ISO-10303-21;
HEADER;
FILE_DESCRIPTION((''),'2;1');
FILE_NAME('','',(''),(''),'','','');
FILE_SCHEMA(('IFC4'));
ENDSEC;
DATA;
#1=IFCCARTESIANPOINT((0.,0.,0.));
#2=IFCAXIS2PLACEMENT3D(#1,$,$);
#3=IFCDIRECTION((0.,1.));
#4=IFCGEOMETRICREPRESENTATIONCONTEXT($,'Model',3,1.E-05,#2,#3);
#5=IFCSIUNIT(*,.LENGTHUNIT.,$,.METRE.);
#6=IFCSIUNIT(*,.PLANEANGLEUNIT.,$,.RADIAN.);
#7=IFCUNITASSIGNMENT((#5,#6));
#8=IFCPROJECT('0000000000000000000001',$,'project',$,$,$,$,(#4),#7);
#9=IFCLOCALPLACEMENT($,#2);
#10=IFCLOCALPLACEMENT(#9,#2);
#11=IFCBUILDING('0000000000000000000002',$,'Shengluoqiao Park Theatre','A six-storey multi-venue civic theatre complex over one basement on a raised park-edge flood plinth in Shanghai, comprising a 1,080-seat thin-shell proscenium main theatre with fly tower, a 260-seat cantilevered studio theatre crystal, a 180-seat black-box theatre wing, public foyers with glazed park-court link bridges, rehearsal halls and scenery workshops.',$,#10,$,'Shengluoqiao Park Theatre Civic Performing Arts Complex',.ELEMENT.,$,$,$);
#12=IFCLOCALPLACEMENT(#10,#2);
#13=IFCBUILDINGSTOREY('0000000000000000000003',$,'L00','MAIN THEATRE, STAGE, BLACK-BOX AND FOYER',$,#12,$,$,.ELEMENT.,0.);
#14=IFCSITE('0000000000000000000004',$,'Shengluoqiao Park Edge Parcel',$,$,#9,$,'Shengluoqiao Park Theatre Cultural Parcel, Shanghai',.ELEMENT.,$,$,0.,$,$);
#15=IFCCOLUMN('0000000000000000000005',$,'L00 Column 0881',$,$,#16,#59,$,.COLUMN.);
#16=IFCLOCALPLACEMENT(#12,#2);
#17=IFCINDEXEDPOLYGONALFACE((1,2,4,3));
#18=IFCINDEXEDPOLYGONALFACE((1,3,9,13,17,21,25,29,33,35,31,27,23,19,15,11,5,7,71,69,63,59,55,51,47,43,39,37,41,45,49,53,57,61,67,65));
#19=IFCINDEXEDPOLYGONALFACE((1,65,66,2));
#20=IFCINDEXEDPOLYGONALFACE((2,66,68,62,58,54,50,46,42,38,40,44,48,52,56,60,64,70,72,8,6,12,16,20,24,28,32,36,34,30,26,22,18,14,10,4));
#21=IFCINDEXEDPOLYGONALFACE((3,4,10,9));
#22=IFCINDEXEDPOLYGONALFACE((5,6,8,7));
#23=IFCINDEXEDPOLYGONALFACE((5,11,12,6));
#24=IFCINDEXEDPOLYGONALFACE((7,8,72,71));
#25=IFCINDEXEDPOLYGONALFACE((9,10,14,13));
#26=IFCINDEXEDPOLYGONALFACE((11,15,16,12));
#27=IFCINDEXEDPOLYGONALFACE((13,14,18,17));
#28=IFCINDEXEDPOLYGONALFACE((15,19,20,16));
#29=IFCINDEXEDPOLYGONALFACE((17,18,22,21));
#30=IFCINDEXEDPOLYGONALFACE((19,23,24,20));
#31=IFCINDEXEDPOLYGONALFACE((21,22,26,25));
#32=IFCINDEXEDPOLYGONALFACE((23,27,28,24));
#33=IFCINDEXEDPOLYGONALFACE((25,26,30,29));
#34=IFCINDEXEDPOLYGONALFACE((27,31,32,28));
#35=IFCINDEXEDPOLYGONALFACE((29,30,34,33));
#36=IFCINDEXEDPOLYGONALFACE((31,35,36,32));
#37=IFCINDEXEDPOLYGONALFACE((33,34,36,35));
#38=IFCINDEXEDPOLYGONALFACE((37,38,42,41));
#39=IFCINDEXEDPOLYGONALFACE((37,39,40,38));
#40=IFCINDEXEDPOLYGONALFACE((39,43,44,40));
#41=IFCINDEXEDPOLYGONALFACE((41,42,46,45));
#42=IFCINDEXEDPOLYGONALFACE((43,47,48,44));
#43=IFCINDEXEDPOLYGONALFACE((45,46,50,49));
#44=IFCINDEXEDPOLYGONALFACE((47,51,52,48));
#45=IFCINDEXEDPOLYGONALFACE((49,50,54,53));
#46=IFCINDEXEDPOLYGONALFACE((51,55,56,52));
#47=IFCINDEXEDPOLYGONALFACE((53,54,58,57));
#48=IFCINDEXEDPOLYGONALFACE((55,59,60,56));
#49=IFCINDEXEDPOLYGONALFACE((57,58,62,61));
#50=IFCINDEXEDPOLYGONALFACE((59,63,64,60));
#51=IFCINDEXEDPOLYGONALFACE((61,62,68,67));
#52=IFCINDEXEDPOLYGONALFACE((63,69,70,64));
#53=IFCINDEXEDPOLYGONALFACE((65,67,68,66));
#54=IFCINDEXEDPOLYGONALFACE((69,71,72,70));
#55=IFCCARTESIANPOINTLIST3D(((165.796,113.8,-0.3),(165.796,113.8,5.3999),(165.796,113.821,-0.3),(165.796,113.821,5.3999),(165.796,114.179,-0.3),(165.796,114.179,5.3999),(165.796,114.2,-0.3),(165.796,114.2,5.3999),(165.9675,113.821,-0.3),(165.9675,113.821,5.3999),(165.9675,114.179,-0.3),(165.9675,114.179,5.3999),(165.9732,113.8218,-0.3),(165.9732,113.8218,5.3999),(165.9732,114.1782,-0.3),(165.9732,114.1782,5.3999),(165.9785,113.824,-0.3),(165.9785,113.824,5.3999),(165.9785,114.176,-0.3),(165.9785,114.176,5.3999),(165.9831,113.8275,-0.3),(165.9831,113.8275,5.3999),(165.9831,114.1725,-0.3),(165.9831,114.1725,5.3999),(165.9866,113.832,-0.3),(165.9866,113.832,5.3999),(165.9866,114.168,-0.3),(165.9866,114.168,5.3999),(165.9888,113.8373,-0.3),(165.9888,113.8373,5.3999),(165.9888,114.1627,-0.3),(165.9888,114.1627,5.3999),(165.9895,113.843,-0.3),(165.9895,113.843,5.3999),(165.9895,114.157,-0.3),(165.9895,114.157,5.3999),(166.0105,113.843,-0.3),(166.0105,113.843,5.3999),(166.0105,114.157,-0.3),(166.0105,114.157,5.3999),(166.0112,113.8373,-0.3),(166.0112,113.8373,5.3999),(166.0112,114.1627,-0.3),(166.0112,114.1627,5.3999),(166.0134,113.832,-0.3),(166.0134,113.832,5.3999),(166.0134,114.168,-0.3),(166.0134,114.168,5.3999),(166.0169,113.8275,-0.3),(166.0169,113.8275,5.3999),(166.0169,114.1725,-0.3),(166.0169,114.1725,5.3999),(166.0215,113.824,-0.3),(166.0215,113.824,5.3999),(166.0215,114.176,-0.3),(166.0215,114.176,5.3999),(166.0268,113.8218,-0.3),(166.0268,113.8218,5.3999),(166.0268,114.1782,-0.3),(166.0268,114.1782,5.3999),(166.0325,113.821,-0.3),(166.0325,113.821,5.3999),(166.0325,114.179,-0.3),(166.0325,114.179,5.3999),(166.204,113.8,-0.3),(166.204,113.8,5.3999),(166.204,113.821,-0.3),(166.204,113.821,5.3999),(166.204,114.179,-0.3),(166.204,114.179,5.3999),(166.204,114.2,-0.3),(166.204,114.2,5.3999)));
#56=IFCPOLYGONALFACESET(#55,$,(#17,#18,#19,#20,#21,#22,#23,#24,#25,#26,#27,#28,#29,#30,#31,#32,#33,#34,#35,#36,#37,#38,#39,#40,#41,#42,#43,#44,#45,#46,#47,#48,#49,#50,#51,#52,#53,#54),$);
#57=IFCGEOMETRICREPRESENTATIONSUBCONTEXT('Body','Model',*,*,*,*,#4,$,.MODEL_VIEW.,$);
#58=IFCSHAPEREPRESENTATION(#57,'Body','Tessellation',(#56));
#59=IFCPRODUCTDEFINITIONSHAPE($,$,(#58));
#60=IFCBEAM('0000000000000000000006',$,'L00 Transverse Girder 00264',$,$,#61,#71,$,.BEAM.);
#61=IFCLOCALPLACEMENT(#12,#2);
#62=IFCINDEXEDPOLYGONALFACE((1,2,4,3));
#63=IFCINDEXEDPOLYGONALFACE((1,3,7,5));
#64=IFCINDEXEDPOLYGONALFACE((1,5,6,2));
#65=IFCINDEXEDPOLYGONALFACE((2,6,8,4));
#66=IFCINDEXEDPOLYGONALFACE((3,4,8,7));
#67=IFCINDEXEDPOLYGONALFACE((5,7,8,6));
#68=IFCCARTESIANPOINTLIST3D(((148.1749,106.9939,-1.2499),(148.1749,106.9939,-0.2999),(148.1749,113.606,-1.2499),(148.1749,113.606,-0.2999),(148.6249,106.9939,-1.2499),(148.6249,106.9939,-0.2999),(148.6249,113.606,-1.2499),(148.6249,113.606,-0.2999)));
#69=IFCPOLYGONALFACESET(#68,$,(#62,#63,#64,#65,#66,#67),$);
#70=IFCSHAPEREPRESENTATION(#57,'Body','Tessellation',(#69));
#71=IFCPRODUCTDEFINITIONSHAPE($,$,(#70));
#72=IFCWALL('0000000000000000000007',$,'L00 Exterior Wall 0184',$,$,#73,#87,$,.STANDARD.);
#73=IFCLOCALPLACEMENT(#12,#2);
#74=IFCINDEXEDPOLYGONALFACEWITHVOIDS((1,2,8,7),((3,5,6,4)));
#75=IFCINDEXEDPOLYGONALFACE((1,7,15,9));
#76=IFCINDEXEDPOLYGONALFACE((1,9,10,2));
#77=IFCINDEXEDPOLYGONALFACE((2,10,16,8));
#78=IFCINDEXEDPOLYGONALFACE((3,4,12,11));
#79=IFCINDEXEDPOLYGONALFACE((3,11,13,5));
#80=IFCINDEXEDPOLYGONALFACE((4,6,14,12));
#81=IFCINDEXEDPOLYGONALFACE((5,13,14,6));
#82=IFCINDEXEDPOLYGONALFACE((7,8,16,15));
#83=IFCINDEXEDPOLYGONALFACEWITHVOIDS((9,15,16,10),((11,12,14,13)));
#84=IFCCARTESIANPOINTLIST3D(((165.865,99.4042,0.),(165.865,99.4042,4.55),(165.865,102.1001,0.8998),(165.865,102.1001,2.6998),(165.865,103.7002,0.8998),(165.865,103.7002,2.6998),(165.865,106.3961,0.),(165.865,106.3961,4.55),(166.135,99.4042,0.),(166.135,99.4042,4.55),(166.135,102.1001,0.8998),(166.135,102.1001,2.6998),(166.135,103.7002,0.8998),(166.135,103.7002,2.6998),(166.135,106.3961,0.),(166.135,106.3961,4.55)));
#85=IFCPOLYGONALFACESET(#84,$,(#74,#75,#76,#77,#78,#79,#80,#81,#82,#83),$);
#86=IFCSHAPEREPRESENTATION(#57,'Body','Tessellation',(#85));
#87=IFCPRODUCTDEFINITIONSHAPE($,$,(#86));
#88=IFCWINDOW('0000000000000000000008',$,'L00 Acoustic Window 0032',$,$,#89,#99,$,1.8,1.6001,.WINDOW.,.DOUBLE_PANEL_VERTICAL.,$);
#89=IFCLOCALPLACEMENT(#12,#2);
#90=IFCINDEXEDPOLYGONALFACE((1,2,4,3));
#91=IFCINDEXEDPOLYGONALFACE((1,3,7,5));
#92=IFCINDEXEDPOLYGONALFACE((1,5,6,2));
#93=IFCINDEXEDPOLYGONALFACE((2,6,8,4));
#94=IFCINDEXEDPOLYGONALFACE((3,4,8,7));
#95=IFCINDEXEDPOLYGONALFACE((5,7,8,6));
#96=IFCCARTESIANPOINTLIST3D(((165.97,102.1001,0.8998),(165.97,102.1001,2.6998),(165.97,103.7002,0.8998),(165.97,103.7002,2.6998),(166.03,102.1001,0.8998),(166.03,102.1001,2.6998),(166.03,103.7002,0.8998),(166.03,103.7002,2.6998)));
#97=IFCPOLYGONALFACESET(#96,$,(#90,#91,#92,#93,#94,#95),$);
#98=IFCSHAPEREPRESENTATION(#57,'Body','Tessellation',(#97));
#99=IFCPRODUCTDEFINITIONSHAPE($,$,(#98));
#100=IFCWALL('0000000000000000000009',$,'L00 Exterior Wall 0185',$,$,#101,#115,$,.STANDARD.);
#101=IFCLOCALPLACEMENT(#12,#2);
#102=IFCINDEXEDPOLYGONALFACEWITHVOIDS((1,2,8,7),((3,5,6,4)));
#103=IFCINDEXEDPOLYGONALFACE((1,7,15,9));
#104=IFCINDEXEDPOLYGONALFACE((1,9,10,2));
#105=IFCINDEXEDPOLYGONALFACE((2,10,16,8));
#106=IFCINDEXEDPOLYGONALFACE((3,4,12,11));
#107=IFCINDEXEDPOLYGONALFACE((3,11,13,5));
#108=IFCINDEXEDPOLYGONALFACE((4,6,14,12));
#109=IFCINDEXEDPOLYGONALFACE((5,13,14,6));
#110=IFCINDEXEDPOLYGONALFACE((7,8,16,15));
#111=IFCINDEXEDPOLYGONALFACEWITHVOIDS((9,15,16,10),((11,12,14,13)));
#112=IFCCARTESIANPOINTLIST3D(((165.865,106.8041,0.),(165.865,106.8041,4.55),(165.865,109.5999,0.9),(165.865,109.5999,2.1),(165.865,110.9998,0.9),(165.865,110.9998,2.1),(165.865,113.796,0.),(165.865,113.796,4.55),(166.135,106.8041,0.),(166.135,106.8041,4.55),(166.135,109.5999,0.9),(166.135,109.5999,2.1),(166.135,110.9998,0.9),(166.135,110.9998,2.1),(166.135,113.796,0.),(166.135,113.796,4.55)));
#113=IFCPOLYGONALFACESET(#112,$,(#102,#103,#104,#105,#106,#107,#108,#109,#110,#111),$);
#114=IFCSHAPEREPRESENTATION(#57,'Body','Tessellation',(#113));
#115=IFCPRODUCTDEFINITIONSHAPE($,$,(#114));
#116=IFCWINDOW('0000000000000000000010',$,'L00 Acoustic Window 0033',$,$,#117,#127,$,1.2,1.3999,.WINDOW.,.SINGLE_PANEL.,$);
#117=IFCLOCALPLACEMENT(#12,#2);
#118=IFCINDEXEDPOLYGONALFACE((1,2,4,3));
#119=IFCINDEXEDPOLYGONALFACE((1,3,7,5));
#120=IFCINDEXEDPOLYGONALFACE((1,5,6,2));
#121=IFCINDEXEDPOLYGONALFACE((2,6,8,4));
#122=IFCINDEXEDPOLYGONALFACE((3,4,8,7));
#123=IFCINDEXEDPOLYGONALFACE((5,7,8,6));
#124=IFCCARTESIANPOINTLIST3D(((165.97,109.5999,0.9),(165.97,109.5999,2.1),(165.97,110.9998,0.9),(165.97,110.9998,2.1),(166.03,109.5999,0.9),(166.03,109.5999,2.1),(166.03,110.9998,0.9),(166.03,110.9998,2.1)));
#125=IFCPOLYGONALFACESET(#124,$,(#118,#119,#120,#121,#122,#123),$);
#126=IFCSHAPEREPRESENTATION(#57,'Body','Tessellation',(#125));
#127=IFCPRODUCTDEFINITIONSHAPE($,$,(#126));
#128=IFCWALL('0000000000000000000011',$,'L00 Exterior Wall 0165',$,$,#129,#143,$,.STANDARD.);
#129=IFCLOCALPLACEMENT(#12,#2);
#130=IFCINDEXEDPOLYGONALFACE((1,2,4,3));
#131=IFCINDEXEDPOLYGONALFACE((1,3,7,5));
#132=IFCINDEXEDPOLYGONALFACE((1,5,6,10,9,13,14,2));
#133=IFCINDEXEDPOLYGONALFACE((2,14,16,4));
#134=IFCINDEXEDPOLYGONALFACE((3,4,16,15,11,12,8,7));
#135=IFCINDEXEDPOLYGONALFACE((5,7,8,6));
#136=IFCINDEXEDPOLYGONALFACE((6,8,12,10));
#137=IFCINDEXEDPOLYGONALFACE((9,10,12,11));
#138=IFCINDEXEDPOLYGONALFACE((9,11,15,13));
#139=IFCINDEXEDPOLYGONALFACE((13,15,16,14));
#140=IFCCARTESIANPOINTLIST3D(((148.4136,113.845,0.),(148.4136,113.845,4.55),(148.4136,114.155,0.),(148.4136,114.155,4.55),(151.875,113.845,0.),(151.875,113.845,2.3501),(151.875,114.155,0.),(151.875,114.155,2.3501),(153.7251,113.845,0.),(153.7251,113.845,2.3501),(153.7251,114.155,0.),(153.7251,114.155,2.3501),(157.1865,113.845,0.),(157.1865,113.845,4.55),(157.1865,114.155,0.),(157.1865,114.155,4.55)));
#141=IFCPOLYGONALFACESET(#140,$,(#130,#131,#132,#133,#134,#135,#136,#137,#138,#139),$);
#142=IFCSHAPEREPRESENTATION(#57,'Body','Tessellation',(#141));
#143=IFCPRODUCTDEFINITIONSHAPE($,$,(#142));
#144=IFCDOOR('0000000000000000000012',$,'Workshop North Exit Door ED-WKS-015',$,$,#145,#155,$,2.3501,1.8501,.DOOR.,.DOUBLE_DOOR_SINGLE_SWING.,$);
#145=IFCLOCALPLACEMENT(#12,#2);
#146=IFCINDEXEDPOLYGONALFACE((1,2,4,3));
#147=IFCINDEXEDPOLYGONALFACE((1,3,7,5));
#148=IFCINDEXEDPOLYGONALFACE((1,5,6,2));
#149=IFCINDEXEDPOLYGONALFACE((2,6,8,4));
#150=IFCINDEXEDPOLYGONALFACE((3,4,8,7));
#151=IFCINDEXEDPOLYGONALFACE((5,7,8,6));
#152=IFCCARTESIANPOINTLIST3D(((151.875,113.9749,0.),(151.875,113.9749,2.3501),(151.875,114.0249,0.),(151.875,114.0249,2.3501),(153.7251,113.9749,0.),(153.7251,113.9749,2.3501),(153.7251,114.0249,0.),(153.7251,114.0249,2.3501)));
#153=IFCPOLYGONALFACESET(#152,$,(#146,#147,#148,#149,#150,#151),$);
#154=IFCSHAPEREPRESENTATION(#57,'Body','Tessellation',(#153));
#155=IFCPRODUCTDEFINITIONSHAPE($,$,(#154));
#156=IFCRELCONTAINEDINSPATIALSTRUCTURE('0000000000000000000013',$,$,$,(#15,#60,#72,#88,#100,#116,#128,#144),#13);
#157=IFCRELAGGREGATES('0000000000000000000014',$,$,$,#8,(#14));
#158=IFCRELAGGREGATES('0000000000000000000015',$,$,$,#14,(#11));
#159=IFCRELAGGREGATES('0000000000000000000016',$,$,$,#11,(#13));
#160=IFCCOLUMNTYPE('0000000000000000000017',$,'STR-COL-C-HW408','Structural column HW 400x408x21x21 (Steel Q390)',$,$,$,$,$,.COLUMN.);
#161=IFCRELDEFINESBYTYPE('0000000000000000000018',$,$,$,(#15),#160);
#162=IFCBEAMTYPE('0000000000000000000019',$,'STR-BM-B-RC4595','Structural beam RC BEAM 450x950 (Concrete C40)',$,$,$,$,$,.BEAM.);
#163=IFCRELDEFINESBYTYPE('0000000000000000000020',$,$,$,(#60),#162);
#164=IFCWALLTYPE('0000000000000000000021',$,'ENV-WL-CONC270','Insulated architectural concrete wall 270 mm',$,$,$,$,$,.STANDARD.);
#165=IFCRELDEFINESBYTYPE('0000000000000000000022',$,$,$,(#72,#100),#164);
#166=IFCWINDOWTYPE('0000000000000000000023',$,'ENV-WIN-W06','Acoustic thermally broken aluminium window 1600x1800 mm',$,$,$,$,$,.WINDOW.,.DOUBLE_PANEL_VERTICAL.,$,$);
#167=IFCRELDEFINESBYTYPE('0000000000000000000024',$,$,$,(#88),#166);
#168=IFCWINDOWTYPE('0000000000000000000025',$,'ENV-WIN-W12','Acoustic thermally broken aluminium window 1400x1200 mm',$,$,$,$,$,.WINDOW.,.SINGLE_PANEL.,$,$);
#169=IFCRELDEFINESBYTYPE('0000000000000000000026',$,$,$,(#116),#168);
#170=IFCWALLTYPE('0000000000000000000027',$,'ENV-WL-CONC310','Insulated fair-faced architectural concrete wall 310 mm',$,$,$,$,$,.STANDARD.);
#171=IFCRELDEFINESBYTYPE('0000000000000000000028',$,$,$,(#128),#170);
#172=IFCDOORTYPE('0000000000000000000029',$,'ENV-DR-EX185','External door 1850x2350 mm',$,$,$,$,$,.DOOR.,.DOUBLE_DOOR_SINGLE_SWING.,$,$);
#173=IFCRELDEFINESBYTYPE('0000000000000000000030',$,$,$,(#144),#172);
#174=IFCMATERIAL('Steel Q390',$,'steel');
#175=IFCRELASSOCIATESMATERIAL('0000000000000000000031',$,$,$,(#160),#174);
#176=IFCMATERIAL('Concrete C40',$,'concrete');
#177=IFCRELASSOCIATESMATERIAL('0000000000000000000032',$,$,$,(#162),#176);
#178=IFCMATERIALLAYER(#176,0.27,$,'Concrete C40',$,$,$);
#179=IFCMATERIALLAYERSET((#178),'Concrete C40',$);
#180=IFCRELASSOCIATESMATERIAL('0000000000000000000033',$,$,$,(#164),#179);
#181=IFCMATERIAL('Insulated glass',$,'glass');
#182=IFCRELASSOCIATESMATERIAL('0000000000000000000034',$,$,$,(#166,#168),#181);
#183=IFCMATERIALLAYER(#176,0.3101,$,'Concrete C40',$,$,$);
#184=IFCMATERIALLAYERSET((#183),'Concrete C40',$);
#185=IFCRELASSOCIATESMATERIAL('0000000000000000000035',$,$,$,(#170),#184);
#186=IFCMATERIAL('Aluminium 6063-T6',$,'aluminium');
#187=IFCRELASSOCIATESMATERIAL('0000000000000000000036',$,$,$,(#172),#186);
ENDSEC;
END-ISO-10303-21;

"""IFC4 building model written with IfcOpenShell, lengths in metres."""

from ifc_helpers import new_model, si_unit, direction, frame, frame_2d, origin, origin_2d, place, context, subcontext, project, spatial, rectangle, i_section, extrude, material, layer, layer_set, material_profile, profile_set, type_object, element, fill, save


model = new_model("IFC4")

# Units and contexts
model_context = context("Model", 3, precision=1e-05, world=origin(), true_north=direction((0.0, 1.0)))
body_context = subcontext(model_context, "Body", "Model", "MODEL_VIEW")
ifc_project = project(units=[si_unit("LENGTHUNIT", "METRE"), si_unit("PLANEANGLEUNIT", "RADIAN")], contexts=[model_context])

# Site, building, storey
site_placement = place(None, origin())
site = spatial("IfcSite", under=ifc_project, at=site_placement, Name="Shengluoqiao Park Edge Parcel", LongName="Shengluoqiao Park Theatre Cultural Parcel, Shanghai", CompositionType="ELEMENT", RefElevation=0.0)
building_placement = place(site_placement, origin())
building = spatial("IfcBuilding", under=site, at=building_placement, Name="Shengluoqiao Park Theatre", Description="A six-storey multi-venue civic theatre complex over one basement on a raised park-edge flood plinth in Shanghai, comprising a 1,080-seat thin-shell proscenium main theatre with fly tower, a 260-seat cantilevered studio theatre crystal, a 180-seat black-box theatre wing, public foyers with glazed park-court link bridges, rehearsal halls and scenery workshops.", LongName="Shengluoqiao Park Theatre Civic Performing Arts Complex", CompositionType="ELEMENT")
storey_placement = place(building_placement, origin())
storey = spatial("IfcBuildingStorey", under=building, at=storey_placement, Name="L00", Description="MAIN THEATRE, STAGE, BLACK-BOX AND FOYER", CompositionType="ELEMENT", Elevation=0.0)

# Shared definitions
ifc_material_1 = material(Name="Concrete C40", Category="concrete")

# Column
ifc_material_2 = material(Name="Steel Q390", Category="steel")
ifc_material_profile_1 = material_profile(ifc_material_2, i_section(OverallWidth=0.408, OverallDepth=0.3999, WebThickness=0.021, FlangeThickness=0.021, FilletRadius=0.022, at=origin_2d()), Name="HW 400x408x21x21")
ifc_profile_set_1 = profile_set([ifc_material_profile_1], Name="Steel Q390")
column_type = type_object("IfcColumnType", Name="STR-COL-C-HW408", Description="Structural column HW 400x408x21x21 (Steel Q390)", PredefinedType="COLUMN", material=ifc_profile_set_1)
for number, where, z_axis, x_axis, name in (
    (1, (166.0, 114.0, -0.3), (0.0, 0.0, 1.0), (1.0, 0.0, 0.0), "L00 Column 0881"),
):
    element("IfcColumn", number, at=place(storey_placement, frame(where, z_axis=z_axis, x_axis=x_axis)), inside=storey, type_object=column_type, Name=name, PredefinedType="COLUMN", context=body_context, shape_type="SweptSolid", body=[
        extrude(i_section(OverallWidth=0.408, OverallDepth=0.3999, WebThickness=0.021, FlangeThickness=0.021, FilletRadius=0.022, at=origin_2d()), origin(), (0.0, 0.0, 1.0), 5.7),
    ])

# Beam
ifc_material_profile_2 = material_profile(ifc_material_1, rectangle(XDim=0.45, YDim=0.95, at=origin_2d()), Name="RC BEAM 450x950")
ifc_profile_set_2 = profile_set([ifc_material_profile_2], Name="Concrete C40")
beam_type = type_object("IfcBeamType", Name="STR-BM-B-RC4595", Description="Structural beam RC BEAM 450x950 (Concrete C40)", PredefinedType="BEAM", material=ifc_profile_set_2)
beam_placement = place(storey_placement, frame((148.3999, 106.9939, -0.7749), z_axis=(0.0, 1.0, 0.0), x_axis=(-1.0, 0.0, 0.0)))
element("IfcBeam", 2, at=beam_placement, inside=storey, type_object=beam_type, Name="L00 Transverse Girder 00264", PredefinedType="BEAM", context=body_context, shape_type="SweptSolid", body=[
    extrude(rectangle(XDim=0.45, YDim=0.95, at=origin_2d()), origin(), (0.0, 0.0, 1.0), 6.6121),
])

# Walls, openings, windows
ifc_layer_1 = layer(ifc_material_1, 0.27, Name="Concrete C40")
ifc_layer_set_1 = layer_set([ifc_layer_1], Name="Concrete C40")
wall_type_1 = type_object("IfcWallType", Name="ENV-WL-CONC270", Description="Insulated architectural concrete wall 270 mm", PredefinedType="STANDARD", material=ifc_layer_set_1)
wall_1_placement = place(storey_placement, frame((166.0, 99.4041, 0.0), z_axis=(0.0, 0.0, 1.0), x_axis=(0.0, 1.0, 0.0)))
wall_1 = element("IfcWall", 3, at=wall_1_placement, inside=storey, type_object=wall_type_1, Name="L00 Exterior Wall 0184", PredefinedType="STANDARD", context=body_context, shape_type="SweptSolid", body=[
    extrude(rectangle(XDim=6.9919, YDim=0.27, at=frame_2d((3.4961, 0.0))), origin(), (0.0, 0.0, 1.0), 4.55),
])
opening_1_placement = place(wall_1_placement, frame((2.696, 0.0, 0.8999)))
opening_1 = element("IfcOpeningElement", 4, at=opening_1_placement, cuts=wall_1, PredefinedType="OPENING", context=body_context, shape_type="SweptSolid", body=[
    extrude(rectangle(XDim=1.6001, YDim=1.8, at=frame_2d((0.8, 0.8999))), frame((0.0, 0.145, 0.0), z_axis=(0.0, -1.0, 0.0), x_axis=(1.0, 0.0, 0.0)), (0.0, 0.0, 1.0), 0.29),
])
ifc_material_3 = material(Name="Insulated glass", Category="glass")
window_type_1 = type_object("IfcWindowType", Name="ENV-WIN-W06", Description="Acoustic thermally broken aluminium window 1600x1800 mm", PartitioningType="DOUBLE_PANEL_VERTICAL", PredefinedType="WINDOW", material=ifc_material_3)
window_1_placement = place(opening_1_placement, origin())
window_1 = element("IfcWindow", 5, at=window_1_placement, inside=storey, type_object=window_type_1, Name="L00 Acoustic Window 0032", OverallHeight=1.8, OverallWidth=1.6001, PartitioningType="DOUBLE_PANEL_VERTICAL", PredefinedType="WINDOW", context=body_context, shape_type="SweptSolid", body=[
    extrude(rectangle(XDim=1.6001, YDim=1.8, at=frame_2d((0.8, 0.8999))), frame((0.0, 0.03, 0.0), z_axis=(0.0, -1.0, 0.0), x_axis=(1.0, 0.0, 0.0)), (0.0, 0.0, 1.0), 0.0601),
])
fill(opening_1, window_1)
wall_2_placement = place(storey_placement, frame((166.0, 106.804, 0.0), z_axis=(0.0, 0.0, 1.0), x_axis=(0.0, 1.0, 0.0)))
wall_2 = element("IfcWall", 6, at=wall_2_placement, inside=storey, type_object=wall_type_1, Name="L00 Exterior Wall 0185", PredefinedType="STANDARD", context=body_context, shape_type="SweptSolid", body=[
    extrude(rectangle(XDim=6.9919, YDim=0.27, at=frame_2d((3.4961, 0.0))), origin(), (0.0, 0.0, 1.0), 4.55),
])
opening_2_placement = place(wall_2_placement, frame((2.7959, 0.0, 0.8999)))
opening_2 = element("IfcOpeningElement", 7, at=opening_2_placement, cuts=wall_2, PredefinedType="OPENING", context=body_context, shape_type="SweptSolid", body=[
    extrude(rectangle(XDim=1.3999, YDim=1.2, at=frame_2d((0.7, 0.6001))), frame((0.0, 0.145, 0.0), z_axis=(0.0, -1.0, 0.0), x_axis=(1.0, 0.0, 0.0)), (0.0, 0.0, 1.0), 0.29),
])
window_type_2 = type_object("IfcWindowType", Name="ENV-WIN-W12", Description="Acoustic thermally broken aluminium window 1400x1200 mm", PartitioningType="SINGLE_PANEL", PredefinedType="WINDOW", material=ifc_material_3)
window_2_placement = place(opening_2_placement, origin())
window_2 = element("IfcWindow", 8, at=window_2_placement, inside=storey, type_object=window_type_2, Name="L00 Acoustic Window 0033", OverallHeight=1.2, OverallWidth=1.3999, PartitioningType="SINGLE_PANEL", PredefinedType="WINDOW", context=body_context, shape_type="SweptSolid", body=[
    extrude(rectangle(XDim=1.3999, YDim=1.2, at=frame_2d((0.7, 0.6001))), frame((0.0, 0.03, 0.0), z_axis=(0.0, -1.0, 0.0), x_axis=(1.0, 0.0, 0.0)), (0.0, 0.0, 1.0), 0.0601),
])
fill(opening_2, window_2)

# Wall, opening, door
ifc_layer_2 = layer(ifc_material_1, 0.3101, Name="Concrete C40")
ifc_layer_set_2 = layer_set([ifc_layer_2], Name="Concrete C40")
wall_type_2 = type_object("IfcWallType", Name="ENV-WL-CONC310", Description="Insulated fair-faced architectural concrete wall 310 mm", PredefinedType="STANDARD", material=ifc_layer_set_2)
wall_3_placement = place(storey_placement, frame((148.4136, 114.0, 0.0), z_axis=(0.0, 0.0, 1.0), x_axis=(1.0, 0.0, 0.0)))
wall_3 = element("IfcWall", 9, at=wall_3_placement, inside=storey, type_object=wall_type_2, Name="L00 Exterior Wall 0165", PredefinedType="STANDARD", context=body_context, shape_type="SweptSolid", body=[
    extrude(rectangle(XDim=8.7729, YDim=0.3101, at=frame_2d((4.3865, 0.0))), origin(), (0.0, 0.0, 1.0), 4.55),
])
opening_3_placement = place(wall_3_placement, frame((3.4614, 0.0, 0.0)))
opening_3 = element("IfcOpeningElement", 10, at=opening_3_placement, cuts=wall_3, PredefinedType="OPENING", context=body_context, shape_type="SweptSolid", body=[
    extrude(rectangle(XDim=1.8501, YDim=2.3501, at=frame_2d((0.925, 1.175))), frame((0.0, 0.165, 0.0), z_axis=(0.0, -1.0, 0.0), x_axis=(1.0, 0.0, 0.0)), (0.0, 0.0, 1.0), 0.3301),
])
ifc_material_4 = material(Name="Aluminium 6063-T6", Category="aluminium")
door_type = type_object("IfcDoorType", Name="ENV-DR-EX185", Description="External door 1850x2350 mm", OperationType="DOUBLE_DOOR_SINGLE_SWING", PredefinedType="DOOR", material=ifc_material_4)
door_placement = place(opening_3_placement, origin())
door = element("IfcDoor", 11, at=door_placement, inside=storey, type_object=door_type, Name="Workshop North Exit Door ED-WKS-015", OperationType="DOUBLE_DOOR_SINGLE_SWING", OverallHeight=2.3501, OverallWidth=1.8501, PredefinedType="DOOR", context=body_context, shape_type="SweptSolid", body=[
    extrude(rectangle(XDim=1.8501, YDim=2.3501, at=frame_2d((0.925, 1.175))), frame((0.0, 0.0249, 0.0), z_axis=(0.0, -1.0, 0.0), x_axis=(1.0, 0.0, 0.0)), (0.0, 0.0, 1.0), 0.05),
])
fill(opening_3, door)

save(model, "model.ifc")
